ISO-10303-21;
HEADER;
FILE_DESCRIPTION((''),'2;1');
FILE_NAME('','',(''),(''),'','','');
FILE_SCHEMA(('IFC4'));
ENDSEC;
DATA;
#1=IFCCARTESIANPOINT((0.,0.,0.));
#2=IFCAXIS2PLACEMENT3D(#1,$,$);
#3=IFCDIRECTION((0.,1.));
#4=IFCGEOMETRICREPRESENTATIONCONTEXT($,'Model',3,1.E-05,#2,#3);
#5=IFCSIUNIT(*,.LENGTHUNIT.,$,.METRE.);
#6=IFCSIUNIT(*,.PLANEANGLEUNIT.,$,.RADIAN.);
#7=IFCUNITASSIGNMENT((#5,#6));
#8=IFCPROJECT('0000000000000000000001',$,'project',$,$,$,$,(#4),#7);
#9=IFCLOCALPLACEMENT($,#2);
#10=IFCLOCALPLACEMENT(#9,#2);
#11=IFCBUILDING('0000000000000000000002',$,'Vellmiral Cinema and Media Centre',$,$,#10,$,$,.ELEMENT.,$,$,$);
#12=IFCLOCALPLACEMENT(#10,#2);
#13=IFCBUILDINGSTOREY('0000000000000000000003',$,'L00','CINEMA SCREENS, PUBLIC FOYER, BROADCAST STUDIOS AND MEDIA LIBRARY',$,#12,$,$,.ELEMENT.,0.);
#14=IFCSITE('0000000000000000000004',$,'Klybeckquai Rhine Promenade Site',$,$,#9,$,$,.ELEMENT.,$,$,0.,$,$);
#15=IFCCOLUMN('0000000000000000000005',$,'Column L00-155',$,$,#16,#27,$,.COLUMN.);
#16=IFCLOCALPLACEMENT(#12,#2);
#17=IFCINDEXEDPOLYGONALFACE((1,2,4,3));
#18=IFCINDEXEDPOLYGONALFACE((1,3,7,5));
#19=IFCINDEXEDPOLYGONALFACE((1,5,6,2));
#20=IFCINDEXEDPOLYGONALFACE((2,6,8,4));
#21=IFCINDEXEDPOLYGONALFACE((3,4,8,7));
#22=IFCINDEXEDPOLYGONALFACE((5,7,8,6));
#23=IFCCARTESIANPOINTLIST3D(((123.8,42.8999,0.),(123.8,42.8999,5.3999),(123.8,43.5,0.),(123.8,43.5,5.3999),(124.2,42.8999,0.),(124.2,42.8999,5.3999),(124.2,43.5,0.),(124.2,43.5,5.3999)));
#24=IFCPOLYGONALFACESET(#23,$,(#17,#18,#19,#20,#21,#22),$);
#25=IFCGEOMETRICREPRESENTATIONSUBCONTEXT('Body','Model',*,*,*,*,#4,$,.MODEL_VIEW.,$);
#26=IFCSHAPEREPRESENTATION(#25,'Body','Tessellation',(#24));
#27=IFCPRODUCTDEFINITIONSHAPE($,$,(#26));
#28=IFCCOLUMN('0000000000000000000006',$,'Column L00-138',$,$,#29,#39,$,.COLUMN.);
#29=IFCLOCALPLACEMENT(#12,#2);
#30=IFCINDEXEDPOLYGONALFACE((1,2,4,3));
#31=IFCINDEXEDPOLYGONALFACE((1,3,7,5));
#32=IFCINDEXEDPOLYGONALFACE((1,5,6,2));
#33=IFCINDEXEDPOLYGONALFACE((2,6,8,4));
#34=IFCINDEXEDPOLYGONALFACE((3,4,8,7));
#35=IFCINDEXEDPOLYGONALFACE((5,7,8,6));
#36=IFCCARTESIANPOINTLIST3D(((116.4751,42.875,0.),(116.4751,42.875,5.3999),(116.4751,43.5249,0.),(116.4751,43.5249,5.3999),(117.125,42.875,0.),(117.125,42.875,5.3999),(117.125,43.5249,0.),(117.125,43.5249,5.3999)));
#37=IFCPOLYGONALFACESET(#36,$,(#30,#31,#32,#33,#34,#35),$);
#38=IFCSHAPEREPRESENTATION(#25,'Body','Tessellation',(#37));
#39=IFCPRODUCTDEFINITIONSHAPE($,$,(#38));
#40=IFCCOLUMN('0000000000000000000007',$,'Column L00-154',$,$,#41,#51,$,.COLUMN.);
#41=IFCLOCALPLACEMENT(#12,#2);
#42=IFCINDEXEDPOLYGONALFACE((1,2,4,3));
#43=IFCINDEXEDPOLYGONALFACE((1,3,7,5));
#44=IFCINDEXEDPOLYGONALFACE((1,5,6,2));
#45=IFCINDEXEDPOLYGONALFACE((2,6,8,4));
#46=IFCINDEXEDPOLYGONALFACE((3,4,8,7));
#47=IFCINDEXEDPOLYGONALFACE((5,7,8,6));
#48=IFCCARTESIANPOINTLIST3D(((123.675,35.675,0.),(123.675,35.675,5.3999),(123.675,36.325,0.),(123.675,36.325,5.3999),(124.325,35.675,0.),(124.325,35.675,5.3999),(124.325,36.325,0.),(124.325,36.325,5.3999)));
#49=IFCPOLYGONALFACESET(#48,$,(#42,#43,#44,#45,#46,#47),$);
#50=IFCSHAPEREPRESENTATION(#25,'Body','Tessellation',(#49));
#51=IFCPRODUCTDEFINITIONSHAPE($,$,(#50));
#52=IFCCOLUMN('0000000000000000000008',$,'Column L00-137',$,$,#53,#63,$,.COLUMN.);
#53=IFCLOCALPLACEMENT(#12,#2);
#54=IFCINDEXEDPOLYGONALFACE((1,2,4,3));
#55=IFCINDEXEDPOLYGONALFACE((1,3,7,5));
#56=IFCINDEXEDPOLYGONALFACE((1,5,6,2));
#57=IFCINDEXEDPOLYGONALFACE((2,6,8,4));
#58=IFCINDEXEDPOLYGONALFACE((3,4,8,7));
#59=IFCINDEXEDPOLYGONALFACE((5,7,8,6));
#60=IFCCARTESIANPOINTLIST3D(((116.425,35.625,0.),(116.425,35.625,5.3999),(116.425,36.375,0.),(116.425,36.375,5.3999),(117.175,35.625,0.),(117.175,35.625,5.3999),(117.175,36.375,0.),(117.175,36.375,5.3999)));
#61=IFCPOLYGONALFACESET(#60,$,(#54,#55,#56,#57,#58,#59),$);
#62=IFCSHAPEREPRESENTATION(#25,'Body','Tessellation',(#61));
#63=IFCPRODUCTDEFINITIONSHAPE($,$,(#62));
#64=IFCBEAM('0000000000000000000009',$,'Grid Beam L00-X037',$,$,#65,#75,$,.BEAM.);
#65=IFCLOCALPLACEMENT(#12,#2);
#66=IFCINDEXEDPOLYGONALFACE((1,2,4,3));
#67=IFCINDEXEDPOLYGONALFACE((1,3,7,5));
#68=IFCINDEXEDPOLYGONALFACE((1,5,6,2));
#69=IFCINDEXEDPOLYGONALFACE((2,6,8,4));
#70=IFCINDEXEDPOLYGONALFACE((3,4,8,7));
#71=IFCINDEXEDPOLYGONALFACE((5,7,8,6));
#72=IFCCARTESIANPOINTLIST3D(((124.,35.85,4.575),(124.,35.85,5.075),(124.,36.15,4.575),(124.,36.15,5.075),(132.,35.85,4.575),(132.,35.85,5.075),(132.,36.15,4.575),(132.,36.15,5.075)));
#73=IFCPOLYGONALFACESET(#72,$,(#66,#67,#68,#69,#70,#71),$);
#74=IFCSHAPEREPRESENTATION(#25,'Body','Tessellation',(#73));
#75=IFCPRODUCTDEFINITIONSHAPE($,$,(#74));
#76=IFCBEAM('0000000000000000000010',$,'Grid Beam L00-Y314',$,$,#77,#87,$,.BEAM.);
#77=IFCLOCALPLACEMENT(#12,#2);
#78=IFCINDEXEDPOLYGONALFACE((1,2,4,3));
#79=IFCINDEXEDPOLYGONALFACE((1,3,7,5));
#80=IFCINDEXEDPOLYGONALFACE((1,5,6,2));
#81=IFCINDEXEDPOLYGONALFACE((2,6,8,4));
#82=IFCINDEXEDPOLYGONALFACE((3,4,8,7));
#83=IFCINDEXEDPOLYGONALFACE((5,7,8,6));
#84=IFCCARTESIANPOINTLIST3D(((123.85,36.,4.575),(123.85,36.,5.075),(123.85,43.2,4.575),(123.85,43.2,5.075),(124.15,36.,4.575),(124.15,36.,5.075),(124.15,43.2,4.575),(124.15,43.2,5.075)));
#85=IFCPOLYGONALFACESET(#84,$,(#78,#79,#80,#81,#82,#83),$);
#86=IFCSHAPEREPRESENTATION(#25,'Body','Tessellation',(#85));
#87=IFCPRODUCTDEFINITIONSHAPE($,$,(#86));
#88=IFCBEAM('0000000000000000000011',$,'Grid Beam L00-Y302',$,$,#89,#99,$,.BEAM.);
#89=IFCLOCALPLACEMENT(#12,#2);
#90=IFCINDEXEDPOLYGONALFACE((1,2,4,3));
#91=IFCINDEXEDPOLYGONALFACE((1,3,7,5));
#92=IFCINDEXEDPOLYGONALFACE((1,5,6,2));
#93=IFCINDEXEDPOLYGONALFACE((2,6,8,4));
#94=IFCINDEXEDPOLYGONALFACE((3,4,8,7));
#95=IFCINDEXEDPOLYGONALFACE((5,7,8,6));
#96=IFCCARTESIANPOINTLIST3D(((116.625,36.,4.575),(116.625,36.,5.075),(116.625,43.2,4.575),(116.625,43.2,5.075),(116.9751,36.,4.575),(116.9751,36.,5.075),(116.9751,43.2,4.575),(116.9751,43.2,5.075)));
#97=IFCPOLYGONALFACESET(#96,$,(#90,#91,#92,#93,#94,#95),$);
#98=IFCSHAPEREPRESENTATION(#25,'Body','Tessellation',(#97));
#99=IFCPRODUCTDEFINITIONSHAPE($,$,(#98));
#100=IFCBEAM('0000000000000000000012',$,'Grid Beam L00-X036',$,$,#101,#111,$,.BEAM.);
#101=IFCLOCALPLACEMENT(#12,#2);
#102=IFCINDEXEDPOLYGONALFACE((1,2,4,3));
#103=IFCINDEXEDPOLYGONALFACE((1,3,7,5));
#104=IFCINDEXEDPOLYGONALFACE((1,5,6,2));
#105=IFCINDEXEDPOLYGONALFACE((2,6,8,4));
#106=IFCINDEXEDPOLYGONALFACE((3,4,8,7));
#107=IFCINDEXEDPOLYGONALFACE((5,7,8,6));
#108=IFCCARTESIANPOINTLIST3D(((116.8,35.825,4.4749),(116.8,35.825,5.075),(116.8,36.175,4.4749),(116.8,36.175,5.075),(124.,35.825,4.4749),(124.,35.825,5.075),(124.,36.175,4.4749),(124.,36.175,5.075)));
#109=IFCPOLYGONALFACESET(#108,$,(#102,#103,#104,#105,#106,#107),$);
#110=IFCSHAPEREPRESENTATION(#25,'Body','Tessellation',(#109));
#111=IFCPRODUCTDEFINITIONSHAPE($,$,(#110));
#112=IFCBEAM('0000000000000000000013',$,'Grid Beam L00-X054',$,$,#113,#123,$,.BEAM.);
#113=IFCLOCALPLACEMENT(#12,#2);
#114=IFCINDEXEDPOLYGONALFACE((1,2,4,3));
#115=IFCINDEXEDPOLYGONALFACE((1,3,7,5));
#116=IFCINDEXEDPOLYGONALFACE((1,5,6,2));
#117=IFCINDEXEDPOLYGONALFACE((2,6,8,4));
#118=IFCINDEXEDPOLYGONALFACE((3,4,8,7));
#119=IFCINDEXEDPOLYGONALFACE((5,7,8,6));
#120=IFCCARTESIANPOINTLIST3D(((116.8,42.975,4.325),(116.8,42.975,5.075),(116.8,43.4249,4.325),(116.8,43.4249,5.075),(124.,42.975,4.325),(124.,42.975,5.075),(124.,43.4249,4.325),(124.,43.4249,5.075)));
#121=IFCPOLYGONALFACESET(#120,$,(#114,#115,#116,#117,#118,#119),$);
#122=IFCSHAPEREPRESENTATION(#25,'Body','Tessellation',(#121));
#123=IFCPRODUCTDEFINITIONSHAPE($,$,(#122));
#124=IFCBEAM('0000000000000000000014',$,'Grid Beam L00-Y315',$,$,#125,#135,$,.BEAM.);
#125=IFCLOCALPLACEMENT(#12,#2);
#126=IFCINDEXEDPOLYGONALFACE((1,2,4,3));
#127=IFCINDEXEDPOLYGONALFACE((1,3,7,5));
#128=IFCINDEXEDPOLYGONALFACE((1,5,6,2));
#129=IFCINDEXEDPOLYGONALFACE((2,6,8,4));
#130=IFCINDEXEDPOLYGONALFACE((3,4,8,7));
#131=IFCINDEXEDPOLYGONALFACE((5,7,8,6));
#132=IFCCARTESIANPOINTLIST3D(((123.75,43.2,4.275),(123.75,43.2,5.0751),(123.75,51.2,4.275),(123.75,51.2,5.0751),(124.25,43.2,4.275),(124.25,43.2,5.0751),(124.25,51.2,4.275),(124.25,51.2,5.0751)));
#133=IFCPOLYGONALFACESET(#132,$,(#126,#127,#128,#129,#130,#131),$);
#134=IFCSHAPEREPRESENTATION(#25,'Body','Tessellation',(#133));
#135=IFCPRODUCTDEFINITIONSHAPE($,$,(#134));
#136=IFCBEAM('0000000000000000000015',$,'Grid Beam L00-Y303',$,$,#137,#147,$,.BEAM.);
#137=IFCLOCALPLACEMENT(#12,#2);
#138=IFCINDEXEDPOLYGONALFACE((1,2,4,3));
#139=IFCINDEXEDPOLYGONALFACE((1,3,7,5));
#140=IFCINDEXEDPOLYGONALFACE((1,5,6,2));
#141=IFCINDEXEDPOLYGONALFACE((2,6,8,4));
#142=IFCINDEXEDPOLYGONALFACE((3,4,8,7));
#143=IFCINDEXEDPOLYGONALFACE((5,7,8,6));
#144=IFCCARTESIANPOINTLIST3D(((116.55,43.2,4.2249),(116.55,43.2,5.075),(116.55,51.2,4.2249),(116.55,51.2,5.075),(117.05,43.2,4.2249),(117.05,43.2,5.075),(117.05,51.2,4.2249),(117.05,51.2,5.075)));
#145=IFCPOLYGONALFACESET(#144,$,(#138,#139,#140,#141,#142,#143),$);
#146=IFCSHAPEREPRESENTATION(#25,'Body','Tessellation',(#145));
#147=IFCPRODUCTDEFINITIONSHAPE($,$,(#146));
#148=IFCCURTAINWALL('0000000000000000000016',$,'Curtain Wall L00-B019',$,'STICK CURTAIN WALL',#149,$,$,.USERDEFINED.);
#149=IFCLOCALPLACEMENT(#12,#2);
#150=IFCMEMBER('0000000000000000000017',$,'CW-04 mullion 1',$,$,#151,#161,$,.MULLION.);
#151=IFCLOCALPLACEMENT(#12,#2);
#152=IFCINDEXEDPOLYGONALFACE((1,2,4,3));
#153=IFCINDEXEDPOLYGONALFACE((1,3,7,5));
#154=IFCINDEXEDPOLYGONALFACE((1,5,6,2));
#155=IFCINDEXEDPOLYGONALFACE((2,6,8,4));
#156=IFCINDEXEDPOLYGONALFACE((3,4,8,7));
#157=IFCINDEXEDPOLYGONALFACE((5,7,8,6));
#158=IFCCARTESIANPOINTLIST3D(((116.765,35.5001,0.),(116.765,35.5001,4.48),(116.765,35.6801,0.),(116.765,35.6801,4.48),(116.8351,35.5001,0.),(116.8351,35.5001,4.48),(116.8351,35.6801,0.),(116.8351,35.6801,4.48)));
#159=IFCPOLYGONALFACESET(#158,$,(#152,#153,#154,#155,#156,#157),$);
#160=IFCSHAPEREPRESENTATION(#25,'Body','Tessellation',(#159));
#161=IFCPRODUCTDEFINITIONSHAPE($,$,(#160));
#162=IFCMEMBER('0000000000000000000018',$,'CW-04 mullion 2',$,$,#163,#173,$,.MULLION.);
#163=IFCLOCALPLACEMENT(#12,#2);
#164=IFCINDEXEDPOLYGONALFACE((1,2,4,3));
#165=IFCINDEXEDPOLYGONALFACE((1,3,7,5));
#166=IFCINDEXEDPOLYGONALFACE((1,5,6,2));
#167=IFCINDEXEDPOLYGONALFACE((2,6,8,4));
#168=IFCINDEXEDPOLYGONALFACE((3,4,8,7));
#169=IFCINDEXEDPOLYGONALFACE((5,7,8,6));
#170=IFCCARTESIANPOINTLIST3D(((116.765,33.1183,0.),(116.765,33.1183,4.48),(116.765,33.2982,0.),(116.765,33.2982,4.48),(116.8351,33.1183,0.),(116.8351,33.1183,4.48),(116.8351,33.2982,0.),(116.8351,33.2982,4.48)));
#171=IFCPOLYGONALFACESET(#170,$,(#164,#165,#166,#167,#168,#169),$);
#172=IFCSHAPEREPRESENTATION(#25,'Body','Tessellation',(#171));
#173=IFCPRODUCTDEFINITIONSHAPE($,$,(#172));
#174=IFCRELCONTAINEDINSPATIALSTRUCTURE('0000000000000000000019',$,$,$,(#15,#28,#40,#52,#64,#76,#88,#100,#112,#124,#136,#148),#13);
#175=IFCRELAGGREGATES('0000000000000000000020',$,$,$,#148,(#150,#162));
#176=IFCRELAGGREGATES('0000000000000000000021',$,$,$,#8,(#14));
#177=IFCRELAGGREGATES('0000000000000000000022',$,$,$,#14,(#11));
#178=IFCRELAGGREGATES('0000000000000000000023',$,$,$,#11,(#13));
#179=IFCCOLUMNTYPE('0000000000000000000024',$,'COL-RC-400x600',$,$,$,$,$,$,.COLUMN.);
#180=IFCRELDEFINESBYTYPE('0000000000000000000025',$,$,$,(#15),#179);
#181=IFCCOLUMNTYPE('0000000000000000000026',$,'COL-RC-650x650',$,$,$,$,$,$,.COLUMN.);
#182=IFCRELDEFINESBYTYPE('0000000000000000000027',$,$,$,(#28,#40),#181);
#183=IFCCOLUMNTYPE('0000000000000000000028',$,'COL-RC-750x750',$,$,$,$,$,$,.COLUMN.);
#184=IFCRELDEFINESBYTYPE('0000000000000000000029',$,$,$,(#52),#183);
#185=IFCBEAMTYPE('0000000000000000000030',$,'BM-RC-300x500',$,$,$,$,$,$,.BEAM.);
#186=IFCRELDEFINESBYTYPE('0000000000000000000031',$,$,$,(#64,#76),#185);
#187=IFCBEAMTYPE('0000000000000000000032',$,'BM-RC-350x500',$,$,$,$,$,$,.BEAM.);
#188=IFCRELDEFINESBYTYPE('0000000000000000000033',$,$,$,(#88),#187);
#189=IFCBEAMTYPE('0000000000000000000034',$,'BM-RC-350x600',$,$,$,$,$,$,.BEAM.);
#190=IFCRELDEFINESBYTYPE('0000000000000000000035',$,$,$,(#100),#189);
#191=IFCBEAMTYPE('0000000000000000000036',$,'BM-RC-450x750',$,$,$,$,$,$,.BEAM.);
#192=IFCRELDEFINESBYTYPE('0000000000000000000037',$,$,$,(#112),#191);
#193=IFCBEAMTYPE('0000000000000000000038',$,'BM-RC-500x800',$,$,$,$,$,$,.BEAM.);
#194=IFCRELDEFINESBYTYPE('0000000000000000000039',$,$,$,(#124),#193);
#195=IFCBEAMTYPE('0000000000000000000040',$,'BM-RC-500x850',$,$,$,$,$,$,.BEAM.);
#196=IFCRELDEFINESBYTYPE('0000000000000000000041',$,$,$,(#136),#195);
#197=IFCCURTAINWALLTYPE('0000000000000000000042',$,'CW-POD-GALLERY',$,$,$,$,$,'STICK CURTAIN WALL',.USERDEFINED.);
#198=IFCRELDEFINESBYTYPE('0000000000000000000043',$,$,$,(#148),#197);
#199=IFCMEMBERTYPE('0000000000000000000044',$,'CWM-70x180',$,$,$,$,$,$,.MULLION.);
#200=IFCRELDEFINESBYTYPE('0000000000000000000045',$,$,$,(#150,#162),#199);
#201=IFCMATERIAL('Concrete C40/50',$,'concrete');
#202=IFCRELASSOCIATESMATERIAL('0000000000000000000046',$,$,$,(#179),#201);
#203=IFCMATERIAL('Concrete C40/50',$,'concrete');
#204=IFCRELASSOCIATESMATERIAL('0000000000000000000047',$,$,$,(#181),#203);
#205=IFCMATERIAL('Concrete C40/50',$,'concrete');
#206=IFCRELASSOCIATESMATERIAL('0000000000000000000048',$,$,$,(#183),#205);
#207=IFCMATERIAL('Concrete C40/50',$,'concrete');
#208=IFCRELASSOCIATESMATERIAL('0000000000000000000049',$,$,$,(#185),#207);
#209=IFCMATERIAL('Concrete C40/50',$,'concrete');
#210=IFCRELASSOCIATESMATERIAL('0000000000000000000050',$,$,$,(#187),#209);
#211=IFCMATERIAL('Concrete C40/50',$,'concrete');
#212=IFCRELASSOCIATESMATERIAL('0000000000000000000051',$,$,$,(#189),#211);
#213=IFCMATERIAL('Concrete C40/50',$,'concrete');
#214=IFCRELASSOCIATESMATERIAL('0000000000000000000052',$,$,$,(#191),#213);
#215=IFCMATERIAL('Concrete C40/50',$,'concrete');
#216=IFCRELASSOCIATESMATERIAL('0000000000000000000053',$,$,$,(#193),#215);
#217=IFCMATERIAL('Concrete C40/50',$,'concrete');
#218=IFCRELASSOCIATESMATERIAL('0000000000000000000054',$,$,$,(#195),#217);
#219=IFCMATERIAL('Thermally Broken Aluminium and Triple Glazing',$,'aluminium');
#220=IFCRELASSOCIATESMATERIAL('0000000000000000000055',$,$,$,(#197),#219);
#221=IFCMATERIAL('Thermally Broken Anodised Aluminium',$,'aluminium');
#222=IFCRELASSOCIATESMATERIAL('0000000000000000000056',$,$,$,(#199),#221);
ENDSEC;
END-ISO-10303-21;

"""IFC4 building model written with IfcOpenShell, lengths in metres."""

from ifc_helpers import new_model, si_unit, direction, frame, origin, origin_2d, place, context, subcontext, project, spatial, rectangle, extrude, material, material_profile, profile_set, type_object, element, aggregate, save


model = new_model("IFC4")

# Units and contexts
model_context = context("Model", 3, precision=1e-05, world=origin(), true_north=direction((0.0, 1.0)))
body_context = subcontext(model_context, "Body", "Model", "MODEL_VIEW")
ifc_project = project(units=[si_unit("LENGTHUNIT", "METRE"), si_unit("PLANEANGLEUNIT", "RADIAN")], contexts=[model_context])

# Site, building, storey
site_placement = place(None, origin())
site = spatial("IfcSite", under=ifc_project, at=site_placement, Name="Klybeckquai Rhine Promenade Site", CompositionType="ELEMENT", RefElevation=0.0)
building_placement = place(site_placement, origin())
building = spatial("IfcBuilding", under=site, at=building_placement, Name="Vellmiral Cinema and Media Centre", CompositionType="ELEMENT")
storey_placement = place(building_placement, origin())
storey = spatial("IfcBuildingStorey", under=building, at=storey_placement, Name="L00", Description="CINEMA SCREENS, PUBLIC FOYER, BROADCAST STUDIOS AND MEDIA LIBRARY", CompositionType="ELEMENT", Elevation=0.0)

# Columns
ifc_material_1 = material(Name="Concrete C40/50", Category="concrete")
ifc_material_profile_1 = material_profile(ifc_material_1, rectangle(XDim=0.3999, YDim=0.6001, at=origin_2d()), Name="RC 400x600")
ifc_profile_set_1 = profile_set([ifc_material_profile_1], Name="Concrete C40/50")
column_type_1 = type_object("IfcColumnType", Name="COL-RC-400x600", PredefinedType="COLUMN", material=ifc_profile_set_1)
column_1_placement = place(storey_placement, frame((124.0, 43.2, 0.0), z_axis=(0.0, 0.0, 1.0), x_axis=(1.0, 0.0, 0.0)))
element("IfcColumn", 1, at=column_1_placement, inside=storey, type_object=column_type_1, Name="Column L00-155", PredefinedType="COLUMN", context=body_context, shape_type="SweptSolid", body=[
    extrude(rectangle(XDim=0.3999, YDim=0.6001, at=origin_2d()), origin(), (0.0, 0.0, 1.0), 5.3999),
])
ifc_material_2 = material(Name="Concrete C40/50", Category="concrete")
ifc_material_profile_2 = material_profile(ifc_material_2, rectangle(XDim=0.6499, YDim=0.6499, at=origin_2d()), Name="RC 650x650")
ifc_profile_set_2 = profile_set([ifc_material_profile_2], Name="Concrete C40/50")
column_type_2 = type_object("IfcColumnType", Name="COL-RC-650x650", PredefinedType="COLUMN", material=ifc_profile_set_2)
for number, where, z_axis, x_axis, name in (
    (2, (116.8, 43.2, 0.0), (0.0, 0.0, 1.0), (1.0, 0.0, 0.0), "Column L00-138"),
    (3, (124.0, 36.0, 0.0), (0.0, 0.0, 1.0), (1.0, 0.0, 0.0), "Column L00-154"),
):
    element("IfcColumn", number, at=place(storey_placement, frame(where, z_axis=z_axis, x_axis=x_axis)), inside=storey, type_object=column_type_2, Name=name, PredefinedType="COLUMN", context=body_context, shape_type="SweptSolid", body=[
        extrude(rectangle(XDim=0.6499, YDim=0.6499, at=origin_2d()), origin(), (0.0, 0.0, 1.0), 5.3999),
    ])
ifc_material_3 = material(Name="Concrete C40/50", Category="concrete")
ifc_material_profile_3 = material_profile(ifc_material_3, rectangle(XDim=0.75, YDim=0.75, at=origin_2d()), Name="RC 750x750")
ifc_profile_set_3 = profile_set([ifc_material_profile_3], Name="Concrete C40/50")
column_type_3 = type_object("IfcColumnType", Name="COL-RC-750x750", PredefinedType="COLUMN", material=ifc_profile_set_3)
column_2_placement = place(storey_placement, frame((116.8, 36.0, 0.0), z_axis=(0.0, 0.0, 1.0), x_axis=(1.0, 0.0, 0.0)))
element("IfcColumn", 4, at=column_2_placement, inside=storey, type_object=column_type_3, Name="Column L00-137", PredefinedType="COLUMN", context=body_context, shape_type="SweptSolid", body=[
    extrude(rectangle(XDim=0.75, YDim=0.75, at=origin_2d()), origin(), (0.0, 0.0, 1.0), 5.3999),
])

# Beams
ifc_material_4 = material(Name="Concrete C40/50", Category="concrete")
ifc_material_profile_4 = material_profile(ifc_material_4, rectangle(XDim=0.3, YDim=0.5, at=origin_2d()), Name="RC 300x500")
ifc_profile_set_4 = profile_set([ifc_material_profile_4], Name="Concrete C40/50")
beam_type_1 = type_object("IfcBeamType", Name="BM-RC-300x500", PredefinedType="BEAM", material=ifc_profile_set_4)
beam_1_placement = place(storey_placement, frame((124.0, 36.0, 4.825), z_axis=(1.0, 0.0, 0.0), x_axis=(0.0, 1.0, 0.0)))
element("IfcBeam", 5, at=beam_1_placement, inside=storey, type_object=beam_type_1, Name="Grid Beam L00-X037", PredefinedType="BEAM", context=body_context, shape_type="SweptSolid", body=[
    extrude(rectangle(XDim=0.3, YDim=0.5, at=origin_2d()), origin(), (0.0, 0.0, 1.0), 8.0),
])
beam_2_placement = place(storey_placement, frame((124.0, 36.0, 4.825), z_axis=(0.0, 1.0, 0.0), x_axis=(-1.0, 0.0, 0.0)))
element("IfcBeam", 6, at=beam_2_placement, inside=storey, type_object=beam_type_1, Name="Grid Beam L00-Y314", PredefinedType="BEAM", context=body_context, shape_type="SweptSolid", body=[
    extrude(rectangle(XDim=0.3, YDim=0.5, at=origin_2d()), origin(), (0.0, 0.0, 1.0), 7.2),
])
ifc_material_5 = material(Name="Concrete C40/50", Category="concrete")
ifc_material_profile_5 = material_profile(ifc_material_5, rectangle(XDim=0.3501, YDim=0.5, at=origin_2d()), Name="RC 350x500")
ifc_profile_set_5 = profile_set([ifc_material_profile_5], Name="Concrete C40/50")
beam_type_2 = type_object("IfcBeamType", Name="BM-RC-350x500", PredefinedType="BEAM", material=ifc_profile_set_5)
beam_3_placement = place(storey_placement, frame((116.8, 36.0, 4.825), z_axis=(0.0, 1.0, 0.0), x_axis=(-1.0, 0.0, 0.0)))
element("IfcBeam", 7, at=beam_3_placement, inside=storey, type_object=beam_type_2, Name="Grid Beam L00-Y302", PredefinedType="BEAM", context=body_context, shape_type="SweptSolid", body=[
    extrude(rectangle(XDim=0.3501, YDim=0.5, at=origin_2d()), origin(), (0.0, 0.0, 1.0), 7.2),
])
ifc_material_6 = material(Name="Concrete C40/50", Category="concrete")
ifc_material_profile_6 = material_profile(ifc_material_6, rectangle(XDim=0.3501, YDim=0.6001, at=origin_2d()), Name="RC 350x600")
ifc_profile_set_6 = profile_set([ifc_material_profile_6], Name="Concrete C40/50")
beam_type_3 = type_object("IfcBeamType", Name="BM-RC-350x600", PredefinedType="BEAM", material=ifc_profile_set_6)
beam_4_placement = place(storey_placement, frame((116.8, 36.0, 4.7749), z_axis=(1.0, 0.0, 0.0), x_axis=(0.0, 1.0, 0.0)))
element("IfcBeam", 8, at=beam_4_placement, inside=storey, type_object=beam_type_3, Name="Grid Beam L00-X036", PredefinedType="BEAM", context=body_context, shape_type="SweptSolid", body=[
    extrude(rectangle(XDim=0.3501, YDim=0.6001, at=origin_2d()), origin(), (0.0, 0.0, 1.0), 7.2),
])
ifc_material_7 = material(Name="Concrete C40/50", Category="concrete")
ifc_material_profile_7 = material_profile(ifc_material_7, rectangle(XDim=0.45, YDim=0.75, at=origin_2d()), Name="RC 450x750")
ifc_profile_set_7 = profile_set([ifc_material_profile_7], Name="Concrete C40/50")
beam_type_4 = type_object("IfcBeamType", Name="BM-RC-450x750", PredefinedType="BEAM", material=ifc_profile_set_7)
beam_5_placement = place(storey_placement, frame((116.8, 43.2, 4.7), z_axis=(1.0, 0.0, 0.0), x_axis=(0.0, 1.0, 0.0)))
element("IfcBeam", 9, at=beam_5_placement, inside=storey, type_object=beam_type_4, Name="Grid Beam L00-X054", PredefinedType="BEAM", context=body_context, shape_type="SweptSolid", body=[
    extrude(rectangle(XDim=0.45, YDim=0.75, at=origin_2d()), origin(), (0.0, 0.0, 1.0), 7.2),
])
ifc_material_8 = material(Name="Concrete C40/50", Category="concrete")
ifc_material_profile_8 = material_profile(ifc_material_8, rectangle(XDim=0.5, YDim=0.8, at=origin_2d()), Name="RC 500x800")
ifc_profile_set_8 = profile_set([ifc_material_profile_8], Name="Concrete C40/50")
beam_type_5 = type_object("IfcBeamType", Name="BM-RC-500x800", PredefinedType="BEAM", material=ifc_profile_set_8)
beam_6_placement = place(storey_placement, frame((124.0, 43.2, 4.675), z_axis=(0.0, 1.0, 0.0), x_axis=(-1.0, 0.0, 0.0)))
element("IfcBeam", 10, at=beam_6_placement, inside=storey, type_object=beam_type_5, Name="Grid Beam L00-Y315", PredefinedType="BEAM", context=body_context, shape_type="SweptSolid", body=[
    extrude(rectangle(XDim=0.5, YDim=0.8, at=origin_2d()), origin(), (0.0, 0.0, 1.0), 8.0),
])
ifc_material_9 = material(Name="Concrete C40/50", Category="concrete")
ifc_material_profile_9 = material_profile(ifc_material_9, rectangle(XDim=0.5, YDim=0.8501, at=origin_2d()), Name="RC 500x850")
ifc_profile_set_9 = profile_set([ifc_material_profile_9], Name="Concrete C40/50")
beam_type_6 = type_object("IfcBeamType", Name="BM-RC-500x850", PredefinedType="BEAM", material=ifc_profile_set_9)
beam_7_placement = place(storey_placement, frame((116.8, 43.2, 4.6499), z_axis=(0.0, 1.0, 0.0), x_axis=(-1.0, 0.0, 0.0)))
element("IfcBeam", 11, at=beam_7_placement, inside=storey, type_object=beam_type_6, Name="Grid Beam L00-Y303", PredefinedType="BEAM", context=body_context, shape_type="SweptSolid", body=[
    extrude(rectangle(XDim=0.5, YDim=0.8501, at=origin_2d()), origin(), (0.0, 0.0, 1.0), 8.0),
])

# Curtain wall, members
ifc_material_10 = material(Name="Thermally Broken Aluminium and Triple Glazing", Category="aluminium")
curtain_wall_type = type_object("IfcCurtainWallType", Name="CW-POD-GALLERY", ElementType="STICK CURTAIN WALL", PredefinedType="USERDEFINED", material=ifc_material_10)
curtain_wall_placement = place(storey_placement, origin())
curtain_wall = element("IfcCurtainWall", 12, at=curtain_wall_placement, inside=storey, type_object=curtain_wall_type, Name="Curtain Wall L00-B019", ObjectType="STICK CURTAIN WALL", PredefinedType="USERDEFINED")
ifc_material_11 = material(Name="Thermally Broken Anodised Aluminium", Category="aluminium")
ifc_material_profile_10 = material_profile(ifc_material_11, rectangle(XDim=0.0701, YDim=0.1799, at=origin_2d()), Name="MULL 70x180")
ifc_profile_set_10 = profile_set([ifc_material_profile_10], Name="Thermally Broken Anodised Aluminium")
member_type_1 = type_object("IfcMemberType", Name="CWM-70x180", PredefinedType="MULLION", material=ifc_profile_set_10)
member_1_placement = place(storey_placement, frame((116.8, 35.5901, 0.0), z_axis=(0.0, 0.0, 1.0), x_axis=(1.0, 0.0, 0.0)))
member_1 = element("IfcMember", 13, at=member_1_placement, type_object=member_type_1, Name="CW-04 mullion 1", PredefinedType="MULLION", context=body_context, shape_type="SweptSolid", body=[
    extrude(rectangle(XDim=0.0701, YDim=0.1799, at=origin_2d()), origin(), (0.0, 0.0, 1.0), 4.48),
])
member_2_placement = place(storey_placement, frame((116.8, 33.2083, 0.0), z_axis=(0.0, 0.0, 1.0), x_axis=(1.0, 0.0, 0.0)))
member_2 = element("IfcMember", 14, at=member_2_placement, type_object=member_type_1, Name="CW-04 mullion 2", PredefinedType="MULLION", context=body_context, shape_type="SweptSolid", body=[
    extrude(rectangle(XDim=0.0701, YDim=0.1799, at=origin_2d()), origin(), (0.0, 0.0, 1.0), 4.48),
])
aggregate(curtain_wall, [member_1, member_2])

save(model, "model.ifc")
